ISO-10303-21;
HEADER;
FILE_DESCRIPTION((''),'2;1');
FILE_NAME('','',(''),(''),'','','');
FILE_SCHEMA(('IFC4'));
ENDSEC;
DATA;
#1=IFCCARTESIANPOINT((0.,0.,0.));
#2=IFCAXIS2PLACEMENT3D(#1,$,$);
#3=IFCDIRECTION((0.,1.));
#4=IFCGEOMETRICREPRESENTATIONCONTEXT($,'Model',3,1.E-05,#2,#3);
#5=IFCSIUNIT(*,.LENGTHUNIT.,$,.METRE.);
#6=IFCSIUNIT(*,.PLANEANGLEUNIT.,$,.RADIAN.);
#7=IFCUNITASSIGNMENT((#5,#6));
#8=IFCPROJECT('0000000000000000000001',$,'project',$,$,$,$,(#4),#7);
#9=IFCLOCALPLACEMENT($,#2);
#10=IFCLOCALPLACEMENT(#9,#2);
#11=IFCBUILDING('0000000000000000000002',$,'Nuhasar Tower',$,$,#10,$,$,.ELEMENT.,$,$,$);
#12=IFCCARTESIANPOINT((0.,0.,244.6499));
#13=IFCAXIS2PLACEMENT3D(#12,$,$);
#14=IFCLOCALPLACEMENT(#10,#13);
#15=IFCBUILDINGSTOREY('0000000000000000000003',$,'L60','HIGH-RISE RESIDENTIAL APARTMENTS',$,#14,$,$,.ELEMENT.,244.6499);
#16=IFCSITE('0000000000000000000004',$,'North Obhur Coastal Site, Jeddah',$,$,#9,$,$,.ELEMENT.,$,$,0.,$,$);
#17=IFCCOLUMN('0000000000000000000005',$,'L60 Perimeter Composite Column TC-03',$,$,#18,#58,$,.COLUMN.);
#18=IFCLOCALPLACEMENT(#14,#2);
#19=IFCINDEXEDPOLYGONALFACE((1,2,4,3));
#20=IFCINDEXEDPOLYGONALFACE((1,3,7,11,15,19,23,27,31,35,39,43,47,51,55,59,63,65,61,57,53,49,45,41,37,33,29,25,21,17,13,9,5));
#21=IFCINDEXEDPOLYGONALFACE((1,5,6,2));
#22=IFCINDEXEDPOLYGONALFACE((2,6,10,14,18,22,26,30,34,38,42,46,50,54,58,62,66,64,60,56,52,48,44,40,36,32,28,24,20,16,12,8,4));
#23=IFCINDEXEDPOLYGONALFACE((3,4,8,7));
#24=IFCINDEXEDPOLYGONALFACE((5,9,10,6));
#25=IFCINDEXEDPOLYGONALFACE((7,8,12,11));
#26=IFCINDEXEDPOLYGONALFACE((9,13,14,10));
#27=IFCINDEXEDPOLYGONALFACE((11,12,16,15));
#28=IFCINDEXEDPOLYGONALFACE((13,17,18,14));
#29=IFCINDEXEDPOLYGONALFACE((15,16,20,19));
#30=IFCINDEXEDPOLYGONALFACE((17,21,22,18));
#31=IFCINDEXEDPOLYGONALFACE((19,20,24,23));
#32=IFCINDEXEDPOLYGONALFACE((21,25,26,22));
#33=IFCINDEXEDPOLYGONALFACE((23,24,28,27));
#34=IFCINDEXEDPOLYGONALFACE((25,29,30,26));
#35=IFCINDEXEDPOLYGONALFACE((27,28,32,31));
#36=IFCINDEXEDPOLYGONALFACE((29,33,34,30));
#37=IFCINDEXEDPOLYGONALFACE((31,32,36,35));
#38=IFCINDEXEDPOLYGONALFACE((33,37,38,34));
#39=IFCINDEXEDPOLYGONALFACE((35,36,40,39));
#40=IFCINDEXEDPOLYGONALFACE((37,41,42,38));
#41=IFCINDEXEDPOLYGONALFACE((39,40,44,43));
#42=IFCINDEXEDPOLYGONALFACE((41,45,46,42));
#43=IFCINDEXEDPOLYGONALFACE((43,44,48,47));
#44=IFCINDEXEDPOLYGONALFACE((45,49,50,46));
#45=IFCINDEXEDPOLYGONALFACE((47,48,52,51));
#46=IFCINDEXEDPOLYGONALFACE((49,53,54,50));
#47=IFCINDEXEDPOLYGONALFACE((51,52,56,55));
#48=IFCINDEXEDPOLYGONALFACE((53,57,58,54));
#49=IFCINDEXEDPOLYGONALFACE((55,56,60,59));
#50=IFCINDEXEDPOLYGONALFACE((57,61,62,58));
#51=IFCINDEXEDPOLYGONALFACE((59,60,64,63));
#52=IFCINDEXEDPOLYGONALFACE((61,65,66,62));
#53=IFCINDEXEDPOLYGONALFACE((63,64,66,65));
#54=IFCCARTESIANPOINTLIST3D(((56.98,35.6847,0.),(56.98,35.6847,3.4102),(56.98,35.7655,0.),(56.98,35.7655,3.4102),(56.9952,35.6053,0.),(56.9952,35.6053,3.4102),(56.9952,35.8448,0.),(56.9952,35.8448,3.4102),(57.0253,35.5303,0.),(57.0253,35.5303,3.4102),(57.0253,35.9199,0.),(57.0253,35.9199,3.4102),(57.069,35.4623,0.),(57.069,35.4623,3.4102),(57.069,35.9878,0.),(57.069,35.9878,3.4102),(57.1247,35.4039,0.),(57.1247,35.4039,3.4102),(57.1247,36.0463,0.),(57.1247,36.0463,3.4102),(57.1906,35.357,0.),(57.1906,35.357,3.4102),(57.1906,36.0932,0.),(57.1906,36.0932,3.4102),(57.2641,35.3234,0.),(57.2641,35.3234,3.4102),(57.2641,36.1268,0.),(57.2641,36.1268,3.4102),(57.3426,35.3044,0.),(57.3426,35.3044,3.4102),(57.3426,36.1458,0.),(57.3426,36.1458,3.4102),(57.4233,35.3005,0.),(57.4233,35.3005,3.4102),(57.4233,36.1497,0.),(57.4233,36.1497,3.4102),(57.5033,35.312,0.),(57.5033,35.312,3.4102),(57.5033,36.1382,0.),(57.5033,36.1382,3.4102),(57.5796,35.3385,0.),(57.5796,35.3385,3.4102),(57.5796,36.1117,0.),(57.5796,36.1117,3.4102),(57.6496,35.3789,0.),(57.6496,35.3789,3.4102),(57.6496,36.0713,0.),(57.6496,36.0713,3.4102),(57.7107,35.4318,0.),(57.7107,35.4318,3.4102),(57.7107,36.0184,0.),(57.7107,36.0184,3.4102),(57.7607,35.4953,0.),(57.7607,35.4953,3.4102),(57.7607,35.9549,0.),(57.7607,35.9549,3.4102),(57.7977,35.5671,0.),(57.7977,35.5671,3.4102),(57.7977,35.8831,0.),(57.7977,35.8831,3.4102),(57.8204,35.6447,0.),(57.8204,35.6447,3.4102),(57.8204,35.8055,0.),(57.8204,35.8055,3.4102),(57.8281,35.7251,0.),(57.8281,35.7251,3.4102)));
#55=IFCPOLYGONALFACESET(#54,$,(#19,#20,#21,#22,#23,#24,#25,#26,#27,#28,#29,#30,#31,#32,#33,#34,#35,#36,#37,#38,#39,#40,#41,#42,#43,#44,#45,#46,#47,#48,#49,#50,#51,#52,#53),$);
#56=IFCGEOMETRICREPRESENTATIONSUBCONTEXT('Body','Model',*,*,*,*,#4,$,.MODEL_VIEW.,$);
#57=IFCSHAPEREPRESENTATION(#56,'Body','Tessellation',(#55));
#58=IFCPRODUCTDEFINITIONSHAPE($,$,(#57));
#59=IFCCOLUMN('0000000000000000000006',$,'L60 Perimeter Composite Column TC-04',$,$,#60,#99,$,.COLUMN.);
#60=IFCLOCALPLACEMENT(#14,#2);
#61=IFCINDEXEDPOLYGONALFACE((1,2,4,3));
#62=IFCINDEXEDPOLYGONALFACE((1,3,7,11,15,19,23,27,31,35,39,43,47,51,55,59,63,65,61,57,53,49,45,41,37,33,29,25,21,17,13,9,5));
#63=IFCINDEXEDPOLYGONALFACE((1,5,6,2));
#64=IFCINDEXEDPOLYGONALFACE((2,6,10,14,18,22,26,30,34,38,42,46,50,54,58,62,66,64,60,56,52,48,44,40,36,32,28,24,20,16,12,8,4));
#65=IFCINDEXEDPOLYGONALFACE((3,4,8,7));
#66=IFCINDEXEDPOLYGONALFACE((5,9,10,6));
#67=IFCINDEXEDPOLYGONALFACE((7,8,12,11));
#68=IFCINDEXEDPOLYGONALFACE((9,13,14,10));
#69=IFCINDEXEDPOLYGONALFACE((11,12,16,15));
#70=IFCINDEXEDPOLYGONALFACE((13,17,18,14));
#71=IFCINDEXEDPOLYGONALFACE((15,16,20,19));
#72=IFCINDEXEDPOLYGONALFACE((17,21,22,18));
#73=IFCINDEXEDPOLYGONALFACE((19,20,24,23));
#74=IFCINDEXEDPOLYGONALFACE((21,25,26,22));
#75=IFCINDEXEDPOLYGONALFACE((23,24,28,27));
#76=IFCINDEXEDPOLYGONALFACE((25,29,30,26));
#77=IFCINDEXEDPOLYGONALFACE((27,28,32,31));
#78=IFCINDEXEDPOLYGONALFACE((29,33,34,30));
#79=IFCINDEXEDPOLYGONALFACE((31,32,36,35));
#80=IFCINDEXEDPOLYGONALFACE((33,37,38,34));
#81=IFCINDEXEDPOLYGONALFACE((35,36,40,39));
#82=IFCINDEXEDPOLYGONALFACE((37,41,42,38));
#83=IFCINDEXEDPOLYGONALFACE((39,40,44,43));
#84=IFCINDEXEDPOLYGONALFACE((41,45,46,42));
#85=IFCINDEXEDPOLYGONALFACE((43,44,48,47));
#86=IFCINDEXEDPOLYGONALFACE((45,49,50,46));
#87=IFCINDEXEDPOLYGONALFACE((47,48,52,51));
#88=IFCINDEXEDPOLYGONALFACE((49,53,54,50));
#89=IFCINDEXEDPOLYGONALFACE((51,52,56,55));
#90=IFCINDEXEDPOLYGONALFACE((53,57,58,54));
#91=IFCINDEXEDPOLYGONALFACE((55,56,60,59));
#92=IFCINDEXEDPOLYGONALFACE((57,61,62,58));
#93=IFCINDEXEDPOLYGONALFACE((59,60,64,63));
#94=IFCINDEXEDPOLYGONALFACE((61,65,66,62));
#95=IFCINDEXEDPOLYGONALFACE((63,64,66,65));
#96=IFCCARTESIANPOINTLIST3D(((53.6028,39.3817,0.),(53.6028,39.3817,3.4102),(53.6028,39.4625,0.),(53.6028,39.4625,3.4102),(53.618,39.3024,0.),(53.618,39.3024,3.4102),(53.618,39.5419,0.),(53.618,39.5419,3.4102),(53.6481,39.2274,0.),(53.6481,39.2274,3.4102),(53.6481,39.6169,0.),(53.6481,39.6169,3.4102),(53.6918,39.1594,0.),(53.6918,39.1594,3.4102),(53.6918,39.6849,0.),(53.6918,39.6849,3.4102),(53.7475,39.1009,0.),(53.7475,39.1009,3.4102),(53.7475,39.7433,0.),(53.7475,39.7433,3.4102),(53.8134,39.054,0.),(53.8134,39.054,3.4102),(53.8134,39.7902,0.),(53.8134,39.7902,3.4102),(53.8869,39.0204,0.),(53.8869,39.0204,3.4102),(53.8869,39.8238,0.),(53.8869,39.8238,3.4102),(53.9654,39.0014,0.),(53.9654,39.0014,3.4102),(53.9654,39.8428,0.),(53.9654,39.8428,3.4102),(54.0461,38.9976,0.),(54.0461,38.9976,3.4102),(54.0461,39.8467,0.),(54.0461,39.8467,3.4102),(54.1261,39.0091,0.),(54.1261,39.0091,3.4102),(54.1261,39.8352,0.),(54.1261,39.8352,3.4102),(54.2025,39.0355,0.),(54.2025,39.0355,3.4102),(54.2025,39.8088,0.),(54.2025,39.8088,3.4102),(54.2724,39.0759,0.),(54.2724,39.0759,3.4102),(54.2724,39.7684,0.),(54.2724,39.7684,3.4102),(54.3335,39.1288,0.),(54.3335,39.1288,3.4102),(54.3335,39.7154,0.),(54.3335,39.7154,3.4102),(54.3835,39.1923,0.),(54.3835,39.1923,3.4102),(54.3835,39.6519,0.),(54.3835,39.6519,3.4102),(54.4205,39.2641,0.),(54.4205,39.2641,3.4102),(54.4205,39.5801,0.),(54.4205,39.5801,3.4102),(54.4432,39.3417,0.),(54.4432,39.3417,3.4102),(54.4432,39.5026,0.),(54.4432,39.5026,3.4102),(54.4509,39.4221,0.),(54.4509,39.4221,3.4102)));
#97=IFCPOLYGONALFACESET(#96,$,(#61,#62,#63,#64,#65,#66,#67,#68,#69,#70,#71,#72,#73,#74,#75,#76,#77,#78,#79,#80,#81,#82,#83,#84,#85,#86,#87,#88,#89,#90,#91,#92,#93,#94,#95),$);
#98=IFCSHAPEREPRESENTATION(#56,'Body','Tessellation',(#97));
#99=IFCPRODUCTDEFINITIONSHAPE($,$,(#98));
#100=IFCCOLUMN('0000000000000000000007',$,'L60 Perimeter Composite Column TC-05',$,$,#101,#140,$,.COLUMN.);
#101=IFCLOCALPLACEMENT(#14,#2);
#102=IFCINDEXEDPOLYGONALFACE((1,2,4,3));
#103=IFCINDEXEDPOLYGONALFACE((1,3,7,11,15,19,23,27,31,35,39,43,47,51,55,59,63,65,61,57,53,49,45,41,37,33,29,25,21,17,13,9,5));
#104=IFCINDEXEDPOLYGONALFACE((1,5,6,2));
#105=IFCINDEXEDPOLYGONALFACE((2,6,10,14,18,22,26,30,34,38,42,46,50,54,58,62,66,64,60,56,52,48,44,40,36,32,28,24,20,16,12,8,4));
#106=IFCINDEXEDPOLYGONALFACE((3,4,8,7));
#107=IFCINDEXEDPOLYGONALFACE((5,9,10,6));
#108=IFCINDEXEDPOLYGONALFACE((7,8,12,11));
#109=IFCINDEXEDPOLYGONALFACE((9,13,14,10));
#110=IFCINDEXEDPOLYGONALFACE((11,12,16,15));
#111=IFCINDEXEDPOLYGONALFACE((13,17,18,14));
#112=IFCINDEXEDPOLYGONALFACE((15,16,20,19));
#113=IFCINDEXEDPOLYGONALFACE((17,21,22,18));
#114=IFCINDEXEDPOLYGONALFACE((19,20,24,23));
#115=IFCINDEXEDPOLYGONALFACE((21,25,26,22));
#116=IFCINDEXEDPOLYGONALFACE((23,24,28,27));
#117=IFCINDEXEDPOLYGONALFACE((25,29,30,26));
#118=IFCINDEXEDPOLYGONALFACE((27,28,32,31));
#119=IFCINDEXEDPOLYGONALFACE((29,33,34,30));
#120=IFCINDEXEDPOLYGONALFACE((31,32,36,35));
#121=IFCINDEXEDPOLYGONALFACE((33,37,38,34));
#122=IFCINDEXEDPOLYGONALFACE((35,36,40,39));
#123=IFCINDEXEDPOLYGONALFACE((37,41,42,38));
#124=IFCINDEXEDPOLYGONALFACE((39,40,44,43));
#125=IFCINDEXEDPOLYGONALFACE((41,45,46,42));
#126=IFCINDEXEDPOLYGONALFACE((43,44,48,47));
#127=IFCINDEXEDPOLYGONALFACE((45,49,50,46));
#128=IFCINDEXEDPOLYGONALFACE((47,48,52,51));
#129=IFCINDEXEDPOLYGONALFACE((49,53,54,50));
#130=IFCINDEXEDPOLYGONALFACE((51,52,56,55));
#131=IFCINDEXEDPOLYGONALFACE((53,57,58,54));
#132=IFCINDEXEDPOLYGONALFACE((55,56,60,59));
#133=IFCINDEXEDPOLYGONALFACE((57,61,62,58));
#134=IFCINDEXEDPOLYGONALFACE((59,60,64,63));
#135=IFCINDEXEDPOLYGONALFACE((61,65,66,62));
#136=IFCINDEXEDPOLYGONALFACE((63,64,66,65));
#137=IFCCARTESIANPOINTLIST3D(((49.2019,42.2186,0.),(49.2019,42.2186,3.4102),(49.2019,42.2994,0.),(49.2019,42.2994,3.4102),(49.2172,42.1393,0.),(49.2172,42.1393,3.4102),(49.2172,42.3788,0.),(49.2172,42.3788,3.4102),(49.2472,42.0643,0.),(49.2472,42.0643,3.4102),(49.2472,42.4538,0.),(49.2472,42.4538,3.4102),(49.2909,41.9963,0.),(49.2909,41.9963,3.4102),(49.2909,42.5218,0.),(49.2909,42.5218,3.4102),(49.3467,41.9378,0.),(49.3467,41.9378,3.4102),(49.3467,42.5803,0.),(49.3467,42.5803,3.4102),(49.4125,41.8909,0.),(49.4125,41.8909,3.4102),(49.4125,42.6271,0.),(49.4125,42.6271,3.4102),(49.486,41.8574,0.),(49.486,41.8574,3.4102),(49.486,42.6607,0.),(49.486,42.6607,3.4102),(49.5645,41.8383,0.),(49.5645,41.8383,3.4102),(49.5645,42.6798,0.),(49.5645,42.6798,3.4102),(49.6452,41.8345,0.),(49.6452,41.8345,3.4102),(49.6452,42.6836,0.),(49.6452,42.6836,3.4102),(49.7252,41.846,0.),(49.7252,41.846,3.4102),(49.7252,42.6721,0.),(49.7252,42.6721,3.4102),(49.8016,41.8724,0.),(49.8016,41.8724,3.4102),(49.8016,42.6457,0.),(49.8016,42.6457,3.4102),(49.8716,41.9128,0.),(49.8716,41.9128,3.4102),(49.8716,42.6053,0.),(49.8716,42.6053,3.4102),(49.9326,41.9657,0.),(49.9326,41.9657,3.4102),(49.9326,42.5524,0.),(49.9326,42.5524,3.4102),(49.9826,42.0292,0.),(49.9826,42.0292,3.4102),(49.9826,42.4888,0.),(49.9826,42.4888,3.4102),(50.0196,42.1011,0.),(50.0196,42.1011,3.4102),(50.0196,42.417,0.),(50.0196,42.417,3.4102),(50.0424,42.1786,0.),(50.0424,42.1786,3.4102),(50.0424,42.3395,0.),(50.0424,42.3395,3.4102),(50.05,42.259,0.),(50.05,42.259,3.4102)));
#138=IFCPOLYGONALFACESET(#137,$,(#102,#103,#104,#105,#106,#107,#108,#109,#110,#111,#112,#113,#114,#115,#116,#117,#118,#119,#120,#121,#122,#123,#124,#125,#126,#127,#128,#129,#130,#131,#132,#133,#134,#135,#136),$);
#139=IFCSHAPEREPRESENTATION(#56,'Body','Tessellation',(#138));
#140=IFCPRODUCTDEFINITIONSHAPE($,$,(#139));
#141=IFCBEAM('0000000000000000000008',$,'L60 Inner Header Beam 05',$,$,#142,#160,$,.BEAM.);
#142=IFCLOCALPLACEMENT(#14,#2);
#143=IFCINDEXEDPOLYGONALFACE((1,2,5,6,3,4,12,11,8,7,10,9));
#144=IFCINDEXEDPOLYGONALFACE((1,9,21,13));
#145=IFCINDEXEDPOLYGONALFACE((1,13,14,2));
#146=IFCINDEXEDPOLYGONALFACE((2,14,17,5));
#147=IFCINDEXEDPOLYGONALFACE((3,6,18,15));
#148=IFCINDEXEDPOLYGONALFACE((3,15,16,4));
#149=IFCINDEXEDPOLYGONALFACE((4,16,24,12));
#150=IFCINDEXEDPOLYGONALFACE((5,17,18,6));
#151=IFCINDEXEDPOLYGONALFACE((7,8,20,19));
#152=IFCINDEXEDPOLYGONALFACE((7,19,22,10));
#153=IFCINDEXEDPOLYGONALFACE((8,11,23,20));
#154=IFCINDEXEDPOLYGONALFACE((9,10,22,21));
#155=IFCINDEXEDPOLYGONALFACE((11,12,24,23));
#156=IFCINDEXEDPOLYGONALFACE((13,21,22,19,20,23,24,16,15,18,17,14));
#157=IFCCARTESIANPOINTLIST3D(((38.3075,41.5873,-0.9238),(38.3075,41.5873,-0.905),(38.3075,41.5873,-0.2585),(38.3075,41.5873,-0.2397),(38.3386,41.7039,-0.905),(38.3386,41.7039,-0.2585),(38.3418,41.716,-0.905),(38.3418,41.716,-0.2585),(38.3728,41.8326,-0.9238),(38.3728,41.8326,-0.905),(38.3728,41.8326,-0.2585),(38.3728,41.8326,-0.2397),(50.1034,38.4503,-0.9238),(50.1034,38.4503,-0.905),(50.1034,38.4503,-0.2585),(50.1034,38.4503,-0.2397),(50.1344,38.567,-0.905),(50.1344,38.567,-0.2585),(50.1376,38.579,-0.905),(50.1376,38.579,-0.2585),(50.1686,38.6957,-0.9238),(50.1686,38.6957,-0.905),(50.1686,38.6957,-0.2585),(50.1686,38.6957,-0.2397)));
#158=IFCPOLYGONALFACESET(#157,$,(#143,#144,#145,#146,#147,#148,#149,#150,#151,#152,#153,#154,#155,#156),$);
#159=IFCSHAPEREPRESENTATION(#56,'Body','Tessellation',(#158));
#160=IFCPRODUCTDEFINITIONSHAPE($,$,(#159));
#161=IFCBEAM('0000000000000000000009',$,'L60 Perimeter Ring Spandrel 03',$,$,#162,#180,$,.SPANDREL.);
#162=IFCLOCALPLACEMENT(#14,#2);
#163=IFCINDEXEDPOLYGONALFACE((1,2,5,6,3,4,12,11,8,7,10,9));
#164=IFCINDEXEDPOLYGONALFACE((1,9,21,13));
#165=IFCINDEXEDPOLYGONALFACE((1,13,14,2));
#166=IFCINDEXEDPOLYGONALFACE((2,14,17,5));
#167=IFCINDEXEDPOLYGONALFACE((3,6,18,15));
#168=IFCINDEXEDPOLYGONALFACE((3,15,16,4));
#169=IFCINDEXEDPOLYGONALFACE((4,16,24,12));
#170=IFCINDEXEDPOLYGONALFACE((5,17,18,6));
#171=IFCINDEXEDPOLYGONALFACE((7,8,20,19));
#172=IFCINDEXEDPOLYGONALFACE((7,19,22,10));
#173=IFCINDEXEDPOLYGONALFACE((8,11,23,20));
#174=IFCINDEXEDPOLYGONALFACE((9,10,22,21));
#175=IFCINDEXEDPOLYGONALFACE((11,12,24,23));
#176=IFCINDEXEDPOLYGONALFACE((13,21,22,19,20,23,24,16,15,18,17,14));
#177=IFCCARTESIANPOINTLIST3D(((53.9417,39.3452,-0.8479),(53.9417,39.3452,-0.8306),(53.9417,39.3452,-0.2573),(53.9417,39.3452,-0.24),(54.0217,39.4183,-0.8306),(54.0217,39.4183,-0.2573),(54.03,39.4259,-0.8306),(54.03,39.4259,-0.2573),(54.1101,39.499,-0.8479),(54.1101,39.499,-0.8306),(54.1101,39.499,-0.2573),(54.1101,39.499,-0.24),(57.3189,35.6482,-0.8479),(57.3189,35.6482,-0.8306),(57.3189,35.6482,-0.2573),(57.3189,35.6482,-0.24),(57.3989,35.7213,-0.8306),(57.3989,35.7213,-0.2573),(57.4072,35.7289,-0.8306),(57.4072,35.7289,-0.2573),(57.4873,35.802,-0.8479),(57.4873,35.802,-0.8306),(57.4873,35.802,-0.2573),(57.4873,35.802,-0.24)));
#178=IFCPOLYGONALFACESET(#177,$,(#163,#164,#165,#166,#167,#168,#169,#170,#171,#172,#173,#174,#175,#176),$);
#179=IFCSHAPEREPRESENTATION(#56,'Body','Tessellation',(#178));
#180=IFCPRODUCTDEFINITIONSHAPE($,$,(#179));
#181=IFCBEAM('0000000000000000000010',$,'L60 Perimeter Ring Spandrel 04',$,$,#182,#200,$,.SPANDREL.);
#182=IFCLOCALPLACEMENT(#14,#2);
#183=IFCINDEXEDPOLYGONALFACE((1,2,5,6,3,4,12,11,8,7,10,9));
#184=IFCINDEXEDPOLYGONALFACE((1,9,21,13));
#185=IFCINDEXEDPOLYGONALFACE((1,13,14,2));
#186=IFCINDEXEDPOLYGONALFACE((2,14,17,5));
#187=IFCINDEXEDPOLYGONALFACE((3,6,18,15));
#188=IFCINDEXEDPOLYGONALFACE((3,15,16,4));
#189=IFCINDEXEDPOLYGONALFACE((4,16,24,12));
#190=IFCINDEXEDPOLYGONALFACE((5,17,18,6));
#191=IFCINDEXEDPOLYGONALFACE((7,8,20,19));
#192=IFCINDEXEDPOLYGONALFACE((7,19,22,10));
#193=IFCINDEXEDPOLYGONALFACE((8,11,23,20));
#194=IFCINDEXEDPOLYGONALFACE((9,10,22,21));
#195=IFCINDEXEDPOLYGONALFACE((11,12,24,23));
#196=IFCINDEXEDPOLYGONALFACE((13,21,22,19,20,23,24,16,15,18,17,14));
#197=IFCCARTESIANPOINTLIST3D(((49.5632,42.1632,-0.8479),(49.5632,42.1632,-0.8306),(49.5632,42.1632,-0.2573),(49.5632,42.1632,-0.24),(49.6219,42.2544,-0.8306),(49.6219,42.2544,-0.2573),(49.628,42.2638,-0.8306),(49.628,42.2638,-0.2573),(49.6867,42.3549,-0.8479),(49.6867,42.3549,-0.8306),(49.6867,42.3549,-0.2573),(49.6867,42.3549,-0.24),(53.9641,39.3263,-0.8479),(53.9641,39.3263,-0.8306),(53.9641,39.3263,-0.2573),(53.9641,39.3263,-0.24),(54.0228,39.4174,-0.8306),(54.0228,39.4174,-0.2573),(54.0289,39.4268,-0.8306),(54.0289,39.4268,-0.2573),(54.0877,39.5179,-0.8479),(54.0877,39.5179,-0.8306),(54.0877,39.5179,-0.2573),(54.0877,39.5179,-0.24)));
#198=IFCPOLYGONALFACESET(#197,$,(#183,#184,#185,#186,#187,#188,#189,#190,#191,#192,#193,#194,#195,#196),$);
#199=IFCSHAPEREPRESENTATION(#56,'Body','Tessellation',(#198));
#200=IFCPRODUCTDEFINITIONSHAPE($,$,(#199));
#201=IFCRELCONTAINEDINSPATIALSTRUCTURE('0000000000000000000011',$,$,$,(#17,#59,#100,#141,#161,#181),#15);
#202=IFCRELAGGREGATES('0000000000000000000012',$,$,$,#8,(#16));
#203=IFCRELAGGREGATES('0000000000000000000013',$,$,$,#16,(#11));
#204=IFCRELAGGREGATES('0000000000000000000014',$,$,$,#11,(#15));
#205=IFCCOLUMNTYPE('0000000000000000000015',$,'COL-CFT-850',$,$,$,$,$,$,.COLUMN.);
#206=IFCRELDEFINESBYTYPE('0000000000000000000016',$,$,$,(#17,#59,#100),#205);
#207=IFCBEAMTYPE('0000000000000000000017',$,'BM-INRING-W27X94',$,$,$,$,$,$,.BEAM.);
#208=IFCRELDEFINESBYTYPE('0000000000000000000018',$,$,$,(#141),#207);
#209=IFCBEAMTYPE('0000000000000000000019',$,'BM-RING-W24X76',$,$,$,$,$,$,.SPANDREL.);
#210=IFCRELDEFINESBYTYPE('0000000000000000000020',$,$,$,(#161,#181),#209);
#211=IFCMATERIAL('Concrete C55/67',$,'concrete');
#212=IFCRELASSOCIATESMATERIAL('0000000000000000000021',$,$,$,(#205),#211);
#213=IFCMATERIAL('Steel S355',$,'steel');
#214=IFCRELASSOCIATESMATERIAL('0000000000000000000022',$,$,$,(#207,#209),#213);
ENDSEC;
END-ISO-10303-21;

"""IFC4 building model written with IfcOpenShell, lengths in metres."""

from ifc_helpers import new_model, si_unit, direction, frame, origin, origin_2d, place, context, subcontext, project, spatial, circle, i_section, extrude, material, material_profile, profile_set, type_object, element, save


model = new_model("IFC4")

# Units and contexts
model_context = context("Model", 3, precision=1e-05, world=origin(), true_north=direction((0.0, 1.0)))
body_context = subcontext(model_context, "Body", "Model", "MODEL_VIEW")
ifc_project = project(units=[si_unit("LENGTHUNIT", "METRE"), si_unit("PLANEANGLEUNIT", "RADIAN")], contexts=[model_context])

# Site, building, storey
site_placement = place(None, origin())
site = spatial("IfcSite", under=ifc_project, at=site_placement, Name="North Obhur Coastal Site, Jeddah", CompositionType="ELEMENT", RefElevation=0.0)
building_placement = place(site_placement, origin())
building = spatial("IfcBuilding", under=site, at=building_placement, Name="Nuhasar Tower", CompositionType="ELEMENT")
storey_placement = place(building_placement, frame((0.0, 0.0, 244.6499)))
storey = spatial("IfcBuildingStorey", under=building, at=storey_placement, Name="L60", Description="HIGH-RISE RESIDENTIAL APARTMENTS", CompositionType="ELEMENT", Elevation=244.6499)

# Columns
ifc_material_1 = material(Name="Concrete C55/67", Category="concrete")
ifc_material_profile_1 = material_profile(ifc_material_1, circle(Radius=0.425, at=origin_2d()), Name="CFT850")
ifc_profile_set_1 = profile_set([ifc_material_profile_1], Name="Concrete C55/67")
column_type = type_object("IfcColumnType", Name="COL-CFT-850", PredefinedType="COLUMN", material=ifc_profile_set_1)
for number, where, z_axis, x_axis, name in (
    (1, (57.4031, 35.7251, 0.0), (0.0, 0.0, 1.0), (1.0, 0.0, 0.0), "L60 Perimeter Composite Column TC-03"),
    (2, (54.0259, 39.4221, 0.0), (0.0, 0.0, 1.0), (1.0, 0.0, 0.0), "L60 Perimeter Composite Column TC-04"),
    (3, (49.625, 42.259, 0.0), (0.0, 0.0, 1.0), (1.0, 0.0, 0.0), "L60 Perimeter Composite Column TC-05"),
):
    element("IfcColumn", number, at=place(storey_placement, frame(where, z_axis=z_axis, x_axis=x_axis)), inside=storey, type_object=column_type, Name=name, PredefinedType="COLUMN", context=body_context, shape_type="SweptSolid", body=[
        extrude(circle(Radius=0.425, at=origin_2d()), origin(), (0.0, 0.0, 1.0), 3.4102),
    ])

# Beams
ifc_material_2 = material(Name="Steel S355", Category="steel")
ifc_material_profile_2 = material_profile(ifc_material_2, i_section(OverallWidth=0.2539, OverallDepth=0.6841, WebThickness=0.0125, FlangeThickness=0.0188, at=origin_2d()), Name="W27X94")
ifc_profile_set_2 = profile_set([ifc_material_profile_2], Name="Steel S355")
beam_type_1 = type_object("IfcBeamType", Name="BM-INRING-W27X94", PredefinedType="BEAM", material=ifc_profile_set_2)
beam_1_placement = place(storey_placement, frame((50.136, 38.573, -0.5818), z_axis=(-0.96641, 0.257004, 0.0), x_axis=(-0.257004, -0.96641, 0.0)))
element("IfcBeam", 4, at=beam_1_placement, inside=storey, type_object=beam_type_1, Name="L60 Inner Header Beam 05", PredefinedType="BEAM", context=body_context, shape_type="SweptSolid", body=[
    extrude(i_section(OverallWidth=0.2539, OverallDepth=0.6841, WebThickness=0.0125, FlangeThickness=0.0188, at=origin_2d()), origin(), (0.0, 0.0, 1.0), 12.2058),
])
ifc_material_profile_3 = material_profile(ifc_material_2, i_section(OverallWidth=0.228, OverallDepth=0.6079, WebThickness=0.0112, FlangeThickness=0.0173, at=origin_2d()), Name="W24X76")
ifc_profile_set_3 = profile_set([ifc_material_profile_3], Name="Steel S355")
beam_type_2 = type_object("IfcBeamType", Name="BM-RING-W24X76", PredefinedType="SPANDREL", material=ifc_profile_set_3)
beam_2_placement = place(storey_placement, frame((57.4031, 35.7251, -0.5439), z_axis=(-0.67445, 0.738321, 0.0), x_axis=(-0.738321, -0.67445, 0.0)))
element("IfcBeam", 5, at=beam_2_placement, inside=storey, type_object=beam_type_2, Name="L60 Perimeter Ring Spandrel 03", PredefinedType="SPANDREL", context=body_context, shape_type="SweptSolid", body=[
    extrude(i_section(OverallWidth=0.228, OverallDepth=0.6079, WebThickness=0.0112, FlangeThickness=0.0173, at=origin_2d()), origin(), (0.0, 0.0, 1.0), 5.0073),
])
beam_3_placement = place(storey_placement, frame((54.0259, 39.4221, -0.5439), z_axis=(-0.840502, 0.541808, 0.0), x_axis=(-0.541808, -0.840502, 0.0)))
element("IfcBeam", 6, at=beam_3_placement, inside=storey, type_object=beam_type_2, Name="L60 Perimeter Ring Spandrel 04", PredefinedType="SPANDREL", context=body_context, shape_type="SweptSolid", body=[
    extrude(i_section(OverallWidth=0.228, OverallDepth=0.6079, WebThickness=0.0112, FlangeThickness=0.0173, at=origin_2d()), origin(), (0.0, 0.0, 1.0), 5.2361),
])

save(model, "model.ifc")
